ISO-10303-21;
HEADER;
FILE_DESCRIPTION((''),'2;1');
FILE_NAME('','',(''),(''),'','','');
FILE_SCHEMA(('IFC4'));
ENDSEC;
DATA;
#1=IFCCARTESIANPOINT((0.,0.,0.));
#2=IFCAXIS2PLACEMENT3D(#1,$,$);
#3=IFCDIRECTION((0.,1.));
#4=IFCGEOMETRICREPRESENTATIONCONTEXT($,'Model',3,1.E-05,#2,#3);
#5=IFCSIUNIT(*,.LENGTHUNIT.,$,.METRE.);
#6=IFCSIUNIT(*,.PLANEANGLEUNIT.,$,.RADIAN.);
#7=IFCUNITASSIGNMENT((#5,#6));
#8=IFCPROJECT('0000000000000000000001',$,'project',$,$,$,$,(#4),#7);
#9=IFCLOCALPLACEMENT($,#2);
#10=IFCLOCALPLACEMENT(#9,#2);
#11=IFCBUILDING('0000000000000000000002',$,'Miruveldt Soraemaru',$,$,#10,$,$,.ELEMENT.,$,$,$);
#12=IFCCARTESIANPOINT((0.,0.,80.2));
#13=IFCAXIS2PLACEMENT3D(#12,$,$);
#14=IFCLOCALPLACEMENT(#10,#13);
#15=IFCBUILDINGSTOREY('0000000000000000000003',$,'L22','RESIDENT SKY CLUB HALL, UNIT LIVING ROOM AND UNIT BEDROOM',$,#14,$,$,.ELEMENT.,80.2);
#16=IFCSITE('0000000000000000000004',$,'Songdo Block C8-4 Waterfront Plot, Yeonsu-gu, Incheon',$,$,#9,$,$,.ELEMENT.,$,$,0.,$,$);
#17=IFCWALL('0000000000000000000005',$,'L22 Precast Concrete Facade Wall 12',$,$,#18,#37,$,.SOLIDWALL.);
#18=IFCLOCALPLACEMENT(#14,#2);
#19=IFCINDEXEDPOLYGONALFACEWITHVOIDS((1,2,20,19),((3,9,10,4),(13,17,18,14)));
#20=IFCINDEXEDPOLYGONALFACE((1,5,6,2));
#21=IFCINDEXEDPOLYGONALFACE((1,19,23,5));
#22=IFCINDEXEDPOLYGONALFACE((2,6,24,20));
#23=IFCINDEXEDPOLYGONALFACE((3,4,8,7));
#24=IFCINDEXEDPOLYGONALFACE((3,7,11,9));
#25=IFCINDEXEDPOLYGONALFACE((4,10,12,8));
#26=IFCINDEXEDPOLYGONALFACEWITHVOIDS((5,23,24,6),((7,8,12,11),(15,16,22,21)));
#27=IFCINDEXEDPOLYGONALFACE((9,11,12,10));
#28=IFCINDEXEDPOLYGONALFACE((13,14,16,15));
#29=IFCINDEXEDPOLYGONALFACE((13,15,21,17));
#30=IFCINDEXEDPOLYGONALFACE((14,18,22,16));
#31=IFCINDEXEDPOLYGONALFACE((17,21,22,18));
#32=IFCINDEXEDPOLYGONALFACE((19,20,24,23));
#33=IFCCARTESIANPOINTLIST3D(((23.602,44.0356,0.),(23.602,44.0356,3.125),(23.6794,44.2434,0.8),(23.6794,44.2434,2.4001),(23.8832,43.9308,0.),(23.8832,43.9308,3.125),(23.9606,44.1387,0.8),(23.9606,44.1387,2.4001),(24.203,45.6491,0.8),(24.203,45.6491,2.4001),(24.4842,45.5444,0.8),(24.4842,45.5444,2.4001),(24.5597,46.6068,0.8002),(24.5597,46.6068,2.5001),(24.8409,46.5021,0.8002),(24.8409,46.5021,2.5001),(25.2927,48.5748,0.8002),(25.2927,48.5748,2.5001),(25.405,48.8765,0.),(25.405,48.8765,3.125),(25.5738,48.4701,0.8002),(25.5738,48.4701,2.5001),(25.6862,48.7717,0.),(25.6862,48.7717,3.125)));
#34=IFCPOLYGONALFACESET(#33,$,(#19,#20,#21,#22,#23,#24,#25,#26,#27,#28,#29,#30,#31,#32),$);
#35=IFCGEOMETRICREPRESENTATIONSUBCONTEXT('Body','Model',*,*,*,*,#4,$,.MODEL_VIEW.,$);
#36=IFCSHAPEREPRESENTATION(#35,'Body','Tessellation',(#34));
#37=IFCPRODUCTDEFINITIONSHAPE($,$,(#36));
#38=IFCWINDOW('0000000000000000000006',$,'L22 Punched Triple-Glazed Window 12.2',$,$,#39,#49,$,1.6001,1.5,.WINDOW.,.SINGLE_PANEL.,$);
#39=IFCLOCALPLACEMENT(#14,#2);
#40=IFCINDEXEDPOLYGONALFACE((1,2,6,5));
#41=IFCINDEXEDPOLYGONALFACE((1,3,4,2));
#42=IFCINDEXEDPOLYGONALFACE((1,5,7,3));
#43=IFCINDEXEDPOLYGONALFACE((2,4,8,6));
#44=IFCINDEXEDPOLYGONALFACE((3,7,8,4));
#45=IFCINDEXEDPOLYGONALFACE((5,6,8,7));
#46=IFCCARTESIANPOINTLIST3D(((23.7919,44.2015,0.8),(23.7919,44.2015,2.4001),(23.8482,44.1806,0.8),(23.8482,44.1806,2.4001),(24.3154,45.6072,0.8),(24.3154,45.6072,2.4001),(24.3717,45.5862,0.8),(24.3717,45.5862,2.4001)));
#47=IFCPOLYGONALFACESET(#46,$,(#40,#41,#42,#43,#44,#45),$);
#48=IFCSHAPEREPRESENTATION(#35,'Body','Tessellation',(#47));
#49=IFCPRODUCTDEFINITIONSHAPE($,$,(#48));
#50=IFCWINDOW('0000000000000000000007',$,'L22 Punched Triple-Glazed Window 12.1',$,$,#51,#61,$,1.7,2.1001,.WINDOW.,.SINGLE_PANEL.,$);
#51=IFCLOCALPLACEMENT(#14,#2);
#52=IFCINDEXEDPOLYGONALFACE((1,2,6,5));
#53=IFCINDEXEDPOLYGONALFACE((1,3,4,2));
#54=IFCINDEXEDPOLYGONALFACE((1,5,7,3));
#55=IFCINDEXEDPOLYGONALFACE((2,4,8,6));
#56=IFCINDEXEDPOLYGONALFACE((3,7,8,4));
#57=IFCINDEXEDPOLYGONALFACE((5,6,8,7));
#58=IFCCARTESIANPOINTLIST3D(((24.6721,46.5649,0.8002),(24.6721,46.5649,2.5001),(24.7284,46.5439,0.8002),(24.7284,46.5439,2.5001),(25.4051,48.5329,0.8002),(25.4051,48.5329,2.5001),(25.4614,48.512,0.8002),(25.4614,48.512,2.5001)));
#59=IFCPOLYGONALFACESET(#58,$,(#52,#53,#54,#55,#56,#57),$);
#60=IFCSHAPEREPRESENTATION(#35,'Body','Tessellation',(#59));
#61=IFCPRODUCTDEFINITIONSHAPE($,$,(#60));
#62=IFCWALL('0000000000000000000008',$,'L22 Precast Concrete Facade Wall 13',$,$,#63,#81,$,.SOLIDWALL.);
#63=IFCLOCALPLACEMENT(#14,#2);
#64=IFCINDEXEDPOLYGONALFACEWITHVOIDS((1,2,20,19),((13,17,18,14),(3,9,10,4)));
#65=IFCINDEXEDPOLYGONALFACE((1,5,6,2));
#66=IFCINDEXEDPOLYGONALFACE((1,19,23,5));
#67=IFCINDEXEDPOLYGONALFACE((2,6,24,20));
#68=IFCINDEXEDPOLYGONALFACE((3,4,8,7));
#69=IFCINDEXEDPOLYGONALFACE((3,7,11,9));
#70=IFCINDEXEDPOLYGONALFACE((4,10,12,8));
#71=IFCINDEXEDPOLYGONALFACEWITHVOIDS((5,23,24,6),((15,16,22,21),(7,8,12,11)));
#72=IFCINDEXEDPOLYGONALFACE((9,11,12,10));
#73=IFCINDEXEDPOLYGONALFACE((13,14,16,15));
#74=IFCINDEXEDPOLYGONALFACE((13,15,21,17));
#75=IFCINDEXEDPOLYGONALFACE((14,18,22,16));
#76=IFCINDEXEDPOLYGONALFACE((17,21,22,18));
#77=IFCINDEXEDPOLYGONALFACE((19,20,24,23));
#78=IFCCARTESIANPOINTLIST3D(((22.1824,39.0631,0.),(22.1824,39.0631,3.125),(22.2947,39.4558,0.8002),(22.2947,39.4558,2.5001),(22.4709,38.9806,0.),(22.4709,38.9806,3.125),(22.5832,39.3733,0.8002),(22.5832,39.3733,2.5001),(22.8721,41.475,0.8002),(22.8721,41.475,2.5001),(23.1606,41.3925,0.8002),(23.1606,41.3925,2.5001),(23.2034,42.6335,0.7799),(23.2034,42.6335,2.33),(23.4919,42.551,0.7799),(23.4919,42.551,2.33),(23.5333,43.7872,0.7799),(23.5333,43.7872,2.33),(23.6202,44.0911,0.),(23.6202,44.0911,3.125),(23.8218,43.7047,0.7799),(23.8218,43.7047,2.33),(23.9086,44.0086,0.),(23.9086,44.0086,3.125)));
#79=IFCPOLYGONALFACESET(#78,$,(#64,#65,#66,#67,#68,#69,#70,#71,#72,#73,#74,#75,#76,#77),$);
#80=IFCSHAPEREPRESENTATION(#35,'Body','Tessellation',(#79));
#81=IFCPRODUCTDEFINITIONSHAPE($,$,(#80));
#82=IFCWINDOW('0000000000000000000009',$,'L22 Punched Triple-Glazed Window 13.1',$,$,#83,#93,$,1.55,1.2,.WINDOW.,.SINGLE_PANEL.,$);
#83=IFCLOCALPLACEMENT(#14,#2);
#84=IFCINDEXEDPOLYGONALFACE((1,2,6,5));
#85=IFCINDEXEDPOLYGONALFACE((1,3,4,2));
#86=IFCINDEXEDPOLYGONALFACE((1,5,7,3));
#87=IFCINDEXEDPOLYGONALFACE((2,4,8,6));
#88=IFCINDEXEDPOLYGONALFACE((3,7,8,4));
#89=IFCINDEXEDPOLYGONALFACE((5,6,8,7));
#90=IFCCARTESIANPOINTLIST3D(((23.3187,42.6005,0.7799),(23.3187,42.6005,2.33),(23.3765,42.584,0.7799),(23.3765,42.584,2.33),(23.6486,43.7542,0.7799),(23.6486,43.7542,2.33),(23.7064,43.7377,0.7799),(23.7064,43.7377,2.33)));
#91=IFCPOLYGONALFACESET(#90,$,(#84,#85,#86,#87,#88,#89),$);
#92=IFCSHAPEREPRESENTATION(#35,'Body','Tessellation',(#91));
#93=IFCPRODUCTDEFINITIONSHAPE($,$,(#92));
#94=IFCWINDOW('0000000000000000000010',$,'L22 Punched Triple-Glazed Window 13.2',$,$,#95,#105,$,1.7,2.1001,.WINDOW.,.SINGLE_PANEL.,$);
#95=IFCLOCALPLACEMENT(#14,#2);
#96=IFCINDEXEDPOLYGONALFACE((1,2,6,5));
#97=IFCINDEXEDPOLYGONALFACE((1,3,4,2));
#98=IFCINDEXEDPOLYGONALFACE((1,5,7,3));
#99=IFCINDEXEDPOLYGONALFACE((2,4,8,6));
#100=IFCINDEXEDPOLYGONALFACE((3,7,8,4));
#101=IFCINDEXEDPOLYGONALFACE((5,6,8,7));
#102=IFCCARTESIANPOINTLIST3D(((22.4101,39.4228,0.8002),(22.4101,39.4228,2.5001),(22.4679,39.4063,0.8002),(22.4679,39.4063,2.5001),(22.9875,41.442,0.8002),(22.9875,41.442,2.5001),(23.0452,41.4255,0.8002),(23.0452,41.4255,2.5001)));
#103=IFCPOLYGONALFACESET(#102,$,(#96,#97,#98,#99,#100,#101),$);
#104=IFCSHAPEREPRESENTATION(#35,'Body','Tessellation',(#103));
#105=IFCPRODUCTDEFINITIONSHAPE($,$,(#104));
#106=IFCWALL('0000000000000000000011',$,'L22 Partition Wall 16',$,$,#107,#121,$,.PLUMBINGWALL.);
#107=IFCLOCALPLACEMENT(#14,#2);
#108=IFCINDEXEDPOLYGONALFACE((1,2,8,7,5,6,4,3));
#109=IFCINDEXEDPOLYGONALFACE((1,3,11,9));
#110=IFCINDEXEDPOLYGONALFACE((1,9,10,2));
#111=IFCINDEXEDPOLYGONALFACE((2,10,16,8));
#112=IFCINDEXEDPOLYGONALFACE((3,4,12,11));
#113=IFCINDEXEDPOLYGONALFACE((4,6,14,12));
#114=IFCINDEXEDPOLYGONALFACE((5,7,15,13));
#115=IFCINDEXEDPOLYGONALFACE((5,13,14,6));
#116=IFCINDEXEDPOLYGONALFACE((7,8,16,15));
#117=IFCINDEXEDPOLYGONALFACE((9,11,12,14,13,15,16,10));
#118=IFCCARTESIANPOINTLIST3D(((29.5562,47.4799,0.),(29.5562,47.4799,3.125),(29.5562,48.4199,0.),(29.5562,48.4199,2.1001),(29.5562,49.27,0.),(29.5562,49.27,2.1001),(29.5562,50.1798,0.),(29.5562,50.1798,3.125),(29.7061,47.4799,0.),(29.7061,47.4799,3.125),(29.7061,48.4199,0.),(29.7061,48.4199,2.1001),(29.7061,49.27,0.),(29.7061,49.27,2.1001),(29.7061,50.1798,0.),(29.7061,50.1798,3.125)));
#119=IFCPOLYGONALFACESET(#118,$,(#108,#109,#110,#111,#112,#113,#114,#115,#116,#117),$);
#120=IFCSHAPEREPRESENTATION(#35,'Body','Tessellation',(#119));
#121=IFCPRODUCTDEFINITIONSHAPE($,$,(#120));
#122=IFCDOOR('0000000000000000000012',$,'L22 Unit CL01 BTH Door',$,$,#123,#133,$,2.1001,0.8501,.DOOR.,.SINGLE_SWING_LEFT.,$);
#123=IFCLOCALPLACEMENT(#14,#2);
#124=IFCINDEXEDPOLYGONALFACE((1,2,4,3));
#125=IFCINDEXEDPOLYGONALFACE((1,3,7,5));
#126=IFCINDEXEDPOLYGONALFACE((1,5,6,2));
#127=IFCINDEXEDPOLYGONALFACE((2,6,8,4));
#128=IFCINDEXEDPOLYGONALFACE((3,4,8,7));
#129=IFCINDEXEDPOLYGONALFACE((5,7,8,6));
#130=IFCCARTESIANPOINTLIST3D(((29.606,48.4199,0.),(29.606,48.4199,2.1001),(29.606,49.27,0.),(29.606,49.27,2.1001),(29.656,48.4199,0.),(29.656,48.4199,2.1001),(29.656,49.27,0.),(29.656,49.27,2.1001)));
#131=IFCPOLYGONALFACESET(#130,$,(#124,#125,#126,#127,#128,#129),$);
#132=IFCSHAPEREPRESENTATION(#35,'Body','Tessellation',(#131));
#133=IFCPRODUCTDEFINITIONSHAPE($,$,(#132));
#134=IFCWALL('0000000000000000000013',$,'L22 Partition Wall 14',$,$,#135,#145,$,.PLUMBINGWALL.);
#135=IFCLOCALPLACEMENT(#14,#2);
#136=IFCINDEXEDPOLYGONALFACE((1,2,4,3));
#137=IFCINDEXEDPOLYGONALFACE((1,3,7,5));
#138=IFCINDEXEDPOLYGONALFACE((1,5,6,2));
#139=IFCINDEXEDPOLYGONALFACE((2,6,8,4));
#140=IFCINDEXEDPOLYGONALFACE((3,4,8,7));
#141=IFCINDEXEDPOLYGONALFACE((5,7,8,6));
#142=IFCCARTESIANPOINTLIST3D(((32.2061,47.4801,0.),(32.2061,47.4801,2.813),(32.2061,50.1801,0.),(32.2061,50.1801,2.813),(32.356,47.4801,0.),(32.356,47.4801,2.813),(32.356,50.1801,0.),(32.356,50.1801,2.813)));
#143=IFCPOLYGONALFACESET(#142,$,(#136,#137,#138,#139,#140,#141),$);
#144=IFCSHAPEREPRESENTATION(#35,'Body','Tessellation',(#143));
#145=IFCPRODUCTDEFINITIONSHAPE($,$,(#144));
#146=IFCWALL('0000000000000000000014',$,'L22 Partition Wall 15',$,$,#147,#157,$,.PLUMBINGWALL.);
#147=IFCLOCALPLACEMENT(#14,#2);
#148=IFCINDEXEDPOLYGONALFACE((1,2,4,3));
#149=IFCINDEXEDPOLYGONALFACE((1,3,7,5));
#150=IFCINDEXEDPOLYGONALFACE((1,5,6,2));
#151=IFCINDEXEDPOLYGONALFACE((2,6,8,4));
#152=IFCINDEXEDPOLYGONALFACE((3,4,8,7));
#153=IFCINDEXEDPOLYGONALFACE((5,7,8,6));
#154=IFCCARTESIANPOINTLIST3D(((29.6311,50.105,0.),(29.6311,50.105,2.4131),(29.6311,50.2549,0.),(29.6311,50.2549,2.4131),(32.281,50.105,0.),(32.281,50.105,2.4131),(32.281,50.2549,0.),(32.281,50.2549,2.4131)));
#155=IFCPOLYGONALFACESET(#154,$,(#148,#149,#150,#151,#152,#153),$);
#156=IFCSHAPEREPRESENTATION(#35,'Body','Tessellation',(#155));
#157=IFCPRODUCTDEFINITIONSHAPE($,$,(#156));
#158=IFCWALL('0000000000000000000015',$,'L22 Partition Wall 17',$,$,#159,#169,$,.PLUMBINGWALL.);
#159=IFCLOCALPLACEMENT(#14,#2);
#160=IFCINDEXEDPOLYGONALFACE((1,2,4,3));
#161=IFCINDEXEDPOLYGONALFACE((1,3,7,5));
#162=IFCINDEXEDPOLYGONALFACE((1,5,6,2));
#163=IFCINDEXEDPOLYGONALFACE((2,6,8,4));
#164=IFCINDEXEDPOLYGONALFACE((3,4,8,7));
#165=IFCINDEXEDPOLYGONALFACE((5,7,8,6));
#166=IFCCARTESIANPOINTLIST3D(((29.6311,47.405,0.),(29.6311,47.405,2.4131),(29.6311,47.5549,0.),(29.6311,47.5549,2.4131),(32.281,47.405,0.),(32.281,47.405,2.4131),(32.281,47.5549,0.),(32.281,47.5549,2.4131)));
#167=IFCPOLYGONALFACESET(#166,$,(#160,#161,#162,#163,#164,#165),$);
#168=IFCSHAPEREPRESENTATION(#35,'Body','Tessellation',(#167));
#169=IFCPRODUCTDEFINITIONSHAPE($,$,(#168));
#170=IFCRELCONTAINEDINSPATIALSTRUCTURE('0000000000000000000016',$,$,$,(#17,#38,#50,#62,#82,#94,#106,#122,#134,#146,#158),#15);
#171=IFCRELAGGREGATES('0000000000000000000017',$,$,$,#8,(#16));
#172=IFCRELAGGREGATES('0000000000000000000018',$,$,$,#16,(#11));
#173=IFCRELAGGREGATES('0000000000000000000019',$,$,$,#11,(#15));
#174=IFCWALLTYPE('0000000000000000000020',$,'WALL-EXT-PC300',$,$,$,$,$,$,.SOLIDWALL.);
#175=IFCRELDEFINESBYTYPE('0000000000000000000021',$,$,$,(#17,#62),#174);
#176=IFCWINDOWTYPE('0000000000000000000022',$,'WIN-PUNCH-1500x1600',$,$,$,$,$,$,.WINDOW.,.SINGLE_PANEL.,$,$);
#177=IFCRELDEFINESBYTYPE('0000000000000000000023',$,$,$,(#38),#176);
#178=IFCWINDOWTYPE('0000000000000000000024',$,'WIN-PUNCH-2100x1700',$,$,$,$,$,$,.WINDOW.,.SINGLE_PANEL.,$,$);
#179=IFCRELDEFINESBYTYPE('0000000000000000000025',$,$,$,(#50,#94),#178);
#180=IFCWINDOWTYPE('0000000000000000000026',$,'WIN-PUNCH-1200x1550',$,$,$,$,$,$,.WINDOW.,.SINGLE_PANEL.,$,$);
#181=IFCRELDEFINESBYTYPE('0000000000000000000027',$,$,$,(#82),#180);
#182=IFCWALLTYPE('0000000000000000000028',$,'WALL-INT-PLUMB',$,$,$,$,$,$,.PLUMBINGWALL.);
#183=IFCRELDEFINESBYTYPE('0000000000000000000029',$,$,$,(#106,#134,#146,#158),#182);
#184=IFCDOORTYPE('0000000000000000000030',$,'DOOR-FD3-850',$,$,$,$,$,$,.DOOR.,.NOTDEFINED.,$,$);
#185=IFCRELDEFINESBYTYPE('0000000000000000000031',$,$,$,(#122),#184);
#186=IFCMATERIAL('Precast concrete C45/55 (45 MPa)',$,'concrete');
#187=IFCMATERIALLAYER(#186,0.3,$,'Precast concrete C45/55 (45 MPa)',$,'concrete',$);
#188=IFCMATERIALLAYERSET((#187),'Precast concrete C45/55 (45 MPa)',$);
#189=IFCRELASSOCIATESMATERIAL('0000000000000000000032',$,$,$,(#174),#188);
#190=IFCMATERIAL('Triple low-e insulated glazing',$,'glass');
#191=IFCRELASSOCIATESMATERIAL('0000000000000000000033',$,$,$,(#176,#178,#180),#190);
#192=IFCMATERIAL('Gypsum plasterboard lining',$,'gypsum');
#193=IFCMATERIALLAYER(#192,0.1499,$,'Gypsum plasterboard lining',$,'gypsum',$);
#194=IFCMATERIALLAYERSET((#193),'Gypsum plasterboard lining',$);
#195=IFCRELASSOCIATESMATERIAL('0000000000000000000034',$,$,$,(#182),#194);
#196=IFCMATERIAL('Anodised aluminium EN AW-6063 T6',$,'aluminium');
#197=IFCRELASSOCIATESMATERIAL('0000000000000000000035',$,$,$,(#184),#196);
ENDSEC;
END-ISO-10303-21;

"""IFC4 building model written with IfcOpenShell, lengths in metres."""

from ifc_helpers import new_model, si_unit, direction, frame, frame_2d, origin, place, context, subcontext, project, spatial, rectangle, extrude, material, layer, layer_set, type_object, element, fill, save


model = new_model("IFC4")

# Units and contexts
model_context = context("Model", 3, precision=1e-05, world=origin(), true_north=direction((0.0, 1.0)))
body_context = subcontext(model_context, "Body", "Model", "MODEL_VIEW")
ifc_project = project(units=[si_unit("LENGTHUNIT", "METRE"), si_unit("PLANEANGLEUNIT", "RADIAN")], contexts=[model_context])

# Site, building, storey
site_placement = place(None, origin())
site = spatial("IfcSite", under=ifc_project, at=site_placement, Name="Songdo Block C8-4 Waterfront Plot, Yeonsu-gu, Incheon", CompositionType="ELEMENT", RefElevation=0.0)
building_placement = place(site_placement, origin())
building = spatial("IfcBuilding", under=site, at=building_placement, Name="Miruveldt Soraemaru", CompositionType="ELEMENT")
storey_placement = place(building_placement, frame((0.0, 0.0, 80.2)))
storey = spatial("IfcBuildingStorey", under=building, at=storey_placement, Name="L22", Description="RESIDENT SKY CLUB HALL, UNIT LIVING ROOM AND UNIT BEDROOM", CompositionType="ELEMENT", Elevation=80.2)

# Walls, openings, windows
ifc_material_1 = material(Name="Precast concrete C45/55 (45 MPa)", Category="concrete")
ifc_layer_1 = layer(ifc_material_1, 0.3, Name="Precast concrete C45/55 (45 MPa)", Category="concrete")
ifc_layer_set_1 = layer_set([ifc_layer_1], Name="Precast concrete C45/55 (45 MPa)")
wall_type_1 = type_object("IfcWallType", Name="WALL-EXT-PC300", PredefinedType="SOLIDWALL", material=ifc_layer_set_1)
wall_1_placement = place(storey_placement, frame((25.5457, 48.8242, 0.0), z_axis=(0.0, 0.0, 1.0), x_axis=(-0.34903, -0.937112, 0.0)))
wall_1 = element("IfcWall", 1, at=wall_1_placement, inside=storey, type_object=wall_type_1, Name="L22 Precast Concrete Facade Wall 12", PredefinedType="SOLIDWALL", context=body_context, shape_type="SweptSolid", body=[
    extrude(rectangle(XDim=5.1658, YDim=0.3, at=frame_2d((2.583, 0.0))), origin(), (0.0, 0.0, 1.0), 3.125),
])
opening_1_placement = place(wall_1_placement, frame((0.322, 0.0, 0.8)))
opening_1 = element("IfcOpeningElement", 2, at=opening_1_placement, cuts=wall_1, PredefinedType="OPENING", context=body_context, shape_type="SweptSolid", body=[
    extrude(rectangle(XDim=2.1001, YDim=1.7, at=frame_2d((1.05, 0.8501))), frame((0.0, 0.1602, 0.0), z_axis=(0.0, -1.0, 0.0), x_axis=(1.0, 0.0, 0.0)), (0.0, 0.0, 1.0), 0.3201),
])
opening_2_placement = place(wall_1_placement, frame((3.4441, 0.0, 0.8)))
opening_2 = element("IfcOpeningElement", 3, at=opening_2_placement, cuts=wall_1, PredefinedType="OPENING", context=body_context, shape_type="SweptSolid", body=[
    extrude(rectangle(XDim=1.5, YDim=1.6001, at=frame_2d((0.75, 0.8))), frame((0.0, 0.1602, 0.0), z_axis=(0.0, -1.0, 0.0), x_axis=(1.0, 0.0, 0.0)), (0.0, 0.0, 1.0), 0.3201),
])
ifc_material_2 = material(Name="Triple low-e insulated glazing", Category="glass")
window_type_1 = type_object("IfcWindowType", Name="WIN-PUNCH-1500x1600", PartitioningType="SINGLE_PANEL", PredefinedType="WINDOW", material=ifc_material_2)
window_1_placement = place(opening_2_placement, origin())
window_1 = element("IfcWindow", 4, at=window_1_placement, inside=storey, type_object=window_type_1, Name="L22 Punched Triple-Glazed Window 12.2", OverallHeight=1.6001, OverallWidth=1.5, PartitioningType="SINGLE_PANEL", PredefinedType="WINDOW", context=body_context, shape_type="SweptSolid", body=[
    extrude(rectangle(XDim=1.5, YDim=1.6001, at=frame_2d((0.75, 0.8))), frame((0.0, 0.03, 0.0), z_axis=(0.0, -1.0, 0.0), x_axis=(1.0, 0.0, 0.0)), (0.0, 0.0, 1.0), 0.0601),
])
fill(opening_2, window_1)
window_type_2 = type_object("IfcWindowType", Name="WIN-PUNCH-2100x1700", PartitioningType="SINGLE_PANEL", PredefinedType="WINDOW", material=ifc_material_2)
window_2_placement = place(opening_1_placement, origin())
window_2 = element("IfcWindow", 5, at=window_2_placement, inside=storey, type_object=window_type_2, Name="L22 Punched Triple-Glazed Window 12.1", OverallHeight=1.7, OverallWidth=2.1001, PartitioningType="SINGLE_PANEL", PredefinedType="WINDOW", context=body_context, shape_type="SweptSolid", body=[
    extrude(rectangle(XDim=2.1001, YDim=1.7, at=frame_2d((1.05, 0.8501))), frame((0.0, 0.03, 0.0), z_axis=(0.0, -1.0, 0.0), x_axis=(1.0, 0.0, 0.0)), (0.0, 0.0, 1.0), 0.0601),
])
fill(opening_1, window_2)
wall_2_placement = place(storey_placement, frame((23.7644, 44.0498, 0.0), z_axis=(0.0, 0.0, 1.0), x_axis=(-0.274925, -0.961466, 0.0)))
wall_2 = element("IfcWall", 6, at=wall_2_placement, inside=storey, type_object=wall_type_1, Name="L22 Precast Concrete Facade Wall 13", PredefinedType="SOLIDWALL", context=body_context, shape_type="SweptSolid", body=[
    extrude(rectangle(XDim=5.2295, YDim=0.3, at=frame_2d((2.6147, 0.0))), origin(), (0.0, 0.0, 1.0), 3.125),
])
opening_3_placement = place(wall_2_placement, frame((0.3159, 0.0, 0.78)))
opening_3 = element("IfcOpeningElement", 7, at=opening_3_placement, cuts=wall_2, PredefinedType="OPENING", context=body_context, shape_type="SweptSolid", body=[
    extrude(rectangle(XDim=1.2, YDim=1.55, at=frame_2d((0.6001, 0.7749))), frame((0.0, 0.1602, 0.0), z_axis=(0.0, -1.0, 0.0), x_axis=(1.0, 0.0, 0.0)), (0.0, 0.0, 1.0), 0.3201),
])
opening_4_placement = place(wall_2_placement, frame((2.7209, 0.0, 0.8)))
opening_4 = element("IfcOpeningElement", 8, at=opening_4_placement, cuts=wall_2, PredefinedType="OPENING", context=body_context, shape_type="SweptSolid", body=[
    extrude(rectangle(XDim=2.1001, YDim=1.7, at=frame_2d((1.05, 0.8501))), frame((0.0, 0.1602, 0.0), z_axis=(0.0, -1.0, 0.0), x_axis=(1.0, 0.0, 0.0)), (0.0, 0.0, 1.0), 0.3201),
])
window_type_3 = type_object("IfcWindowType", Name="WIN-PUNCH-1200x1550", PartitioningType="SINGLE_PANEL", PredefinedType="WINDOW", material=ifc_material_2)
window_3_placement = place(opening_3_placement, origin())
window_3 = element("IfcWindow", 9, at=window_3_placement, inside=storey, type_object=window_type_3, Name="L22 Punched Triple-Glazed Window 13.1", OverallHeight=1.55, OverallWidth=1.2, PartitioningType="SINGLE_PANEL", PredefinedType="WINDOW", context=body_context, shape_type="SweptSolid", body=[
    extrude(rectangle(XDim=1.2, YDim=1.55, at=frame_2d((0.6001, 0.7749))), frame((0.0, 0.03, 0.0), z_axis=(0.0, -1.0, 0.0), x_axis=(1.0, 0.0, 0.0)), (0.0, 0.0, 1.0), 0.0601),
])
fill(opening_3, window_3)
window_4_placement = place(opening_4_placement, origin())
window_4 = element("IfcWindow", 10, at=window_4_placement, inside=storey, type_object=window_type_2, Name="L22 Punched Triple-Glazed Window 13.2", OverallHeight=1.7, OverallWidth=2.1001, PartitioningType="SINGLE_PANEL", PredefinedType="WINDOW", context=body_context, shape_type="SweptSolid", body=[
    extrude(rectangle(XDim=2.1001, YDim=1.7, at=frame_2d((1.05, 0.8501))), frame((0.0, 0.03, 0.0), z_axis=(0.0, -1.0, 0.0), x_axis=(1.0, 0.0, 0.0)), (0.0, 0.0, 1.0), 0.0601),
])
fill(opening_4, window_4)

# Wall, opening, door
ifc_material_3 = material(Name="Gypsum plasterboard lining", Category="gypsum")
ifc_layer_2 = layer(ifc_material_3, 0.1499, Name="Gypsum plasterboard lining", Category="gypsum")
ifc_layer_set_2 = layer_set([ifc_layer_2], Name="Gypsum plasterboard lining")
wall_type_2 = type_object("IfcWallType", Name="WALL-INT-PLUMB", PredefinedType="PLUMBINGWALL", material=ifc_layer_set_2)
wall_3_placement = place(storey_placement, frame((29.6311, 50.1799, 0.0), z_axis=(0.0, 0.0, 1.0), x_axis=(0.0, -1.0, 0.0)))
wall_3 = element("IfcWall", 11, at=wall_3_placement, inside=storey, type_object=wall_type_2, Name="L22 Partition Wall 16", PredefinedType="PLUMBINGWALL", context=body_context, shape_type="SweptSolid", body=[
    extrude(rectangle(XDim=2.7, YDim=0.1499, at=frame_2d((1.3501, 0.0))), origin(), (0.0, 0.0, 1.0), 3.125),
])
opening_5_placement = place(wall_3_placement, frame((0.9099, 0.0, 0.0)))
opening_5 = element("IfcOpeningElement", 12, at=opening_5_placement, cuts=wall_3, PredefinedType="OPENING", context=body_context, shape_type="SweptSolid", body=[
    extrude(rectangle(XDim=0.8501, YDim=2.1001, at=frame_2d((0.425, 1.05))), frame((0.0, 0.085, 0.0), z_axis=(0.0, -1.0, 0.0), x_axis=(1.0, 0.0, 0.0)), (0.0, 0.0, 1.0), 0.1699),
])
ifc_material_4 = material(Name="Anodised aluminium EN AW-6063 T6", Category="aluminium")
door_type_1 = type_object("IfcDoorType", Name="DOOR-FD3-850", OperationType="NOTDEFINED", PredefinedType="DOOR", material=ifc_material_4)
door_1_placement = place(opening_5_placement, origin())
door_1 = element("IfcDoor", 13, at=door_1_placement, inside=storey, type_object=door_type_1, Name="L22 Unit CL01 BTH Door", OperationType="SINGLE_SWING_LEFT", OverallHeight=2.1001, OverallWidth=0.8501, PredefinedType="DOOR", context=body_context, shape_type="SweptSolid", body=[
    extrude(rectangle(XDim=0.8501, YDim=2.1001, at=frame_2d((0.425, 1.05))), frame((0.0, 0.0249, 0.0), z_axis=(0.0, -1.0, 0.0), x_axis=(1.0, 0.0, 0.0)), (0.0, 0.0, 1.0), 0.05),
])
fill(opening_5, door_1)

# Walls
wall_4_placement = place(storey_placement, frame((32.281, 47.48, 0.0), z_axis=(0.0, 0.0, 1.0), x_axis=(0.0, 1.0, 0.0)))
element("IfcWall", 14, at=wall_4_placement, inside=storey, type_object=wall_type_2, Name="L22 Partition Wall 14", PredefinedType="PLUMBINGWALL", context=body_context, shape_type="SweptSolid", body=[
    extrude(rectangle(XDim=2.7, YDim=0.1499, at=frame_2d((1.3501, 0.0))), origin(), (0.0, 0.0, 1.0), 2.813),
])
for number, where, z_axis, x_axis, name in (
    (15, (32.281, 50.1799, 0.0), (0.0, 0.0, 1.0), (-1.0, 0.0, 0.0), "L22 Partition Wall 15"),
    (16, (29.6311, 47.48, 0.0), (0.0, 0.0, 1.0), (1.0, 0.0, 0.0), "L22 Partition Wall 17"),
):
    element("IfcWall", number, at=place(storey_placement, frame(where, z_axis=z_axis, x_axis=x_axis)), inside=storey, type_object=wall_type_2, Name=name, PredefinedType="PLUMBINGWALL", context=body_context, shape_type="SweptSolid", body=[
        extrude(rectangle(XDim=2.6499, YDim=0.1499, at=frame_2d((1.325, 0.0))), origin(), (0.0, 0.0, 1.0), 2.4131),
    ])

save(model, "model.ifc")
